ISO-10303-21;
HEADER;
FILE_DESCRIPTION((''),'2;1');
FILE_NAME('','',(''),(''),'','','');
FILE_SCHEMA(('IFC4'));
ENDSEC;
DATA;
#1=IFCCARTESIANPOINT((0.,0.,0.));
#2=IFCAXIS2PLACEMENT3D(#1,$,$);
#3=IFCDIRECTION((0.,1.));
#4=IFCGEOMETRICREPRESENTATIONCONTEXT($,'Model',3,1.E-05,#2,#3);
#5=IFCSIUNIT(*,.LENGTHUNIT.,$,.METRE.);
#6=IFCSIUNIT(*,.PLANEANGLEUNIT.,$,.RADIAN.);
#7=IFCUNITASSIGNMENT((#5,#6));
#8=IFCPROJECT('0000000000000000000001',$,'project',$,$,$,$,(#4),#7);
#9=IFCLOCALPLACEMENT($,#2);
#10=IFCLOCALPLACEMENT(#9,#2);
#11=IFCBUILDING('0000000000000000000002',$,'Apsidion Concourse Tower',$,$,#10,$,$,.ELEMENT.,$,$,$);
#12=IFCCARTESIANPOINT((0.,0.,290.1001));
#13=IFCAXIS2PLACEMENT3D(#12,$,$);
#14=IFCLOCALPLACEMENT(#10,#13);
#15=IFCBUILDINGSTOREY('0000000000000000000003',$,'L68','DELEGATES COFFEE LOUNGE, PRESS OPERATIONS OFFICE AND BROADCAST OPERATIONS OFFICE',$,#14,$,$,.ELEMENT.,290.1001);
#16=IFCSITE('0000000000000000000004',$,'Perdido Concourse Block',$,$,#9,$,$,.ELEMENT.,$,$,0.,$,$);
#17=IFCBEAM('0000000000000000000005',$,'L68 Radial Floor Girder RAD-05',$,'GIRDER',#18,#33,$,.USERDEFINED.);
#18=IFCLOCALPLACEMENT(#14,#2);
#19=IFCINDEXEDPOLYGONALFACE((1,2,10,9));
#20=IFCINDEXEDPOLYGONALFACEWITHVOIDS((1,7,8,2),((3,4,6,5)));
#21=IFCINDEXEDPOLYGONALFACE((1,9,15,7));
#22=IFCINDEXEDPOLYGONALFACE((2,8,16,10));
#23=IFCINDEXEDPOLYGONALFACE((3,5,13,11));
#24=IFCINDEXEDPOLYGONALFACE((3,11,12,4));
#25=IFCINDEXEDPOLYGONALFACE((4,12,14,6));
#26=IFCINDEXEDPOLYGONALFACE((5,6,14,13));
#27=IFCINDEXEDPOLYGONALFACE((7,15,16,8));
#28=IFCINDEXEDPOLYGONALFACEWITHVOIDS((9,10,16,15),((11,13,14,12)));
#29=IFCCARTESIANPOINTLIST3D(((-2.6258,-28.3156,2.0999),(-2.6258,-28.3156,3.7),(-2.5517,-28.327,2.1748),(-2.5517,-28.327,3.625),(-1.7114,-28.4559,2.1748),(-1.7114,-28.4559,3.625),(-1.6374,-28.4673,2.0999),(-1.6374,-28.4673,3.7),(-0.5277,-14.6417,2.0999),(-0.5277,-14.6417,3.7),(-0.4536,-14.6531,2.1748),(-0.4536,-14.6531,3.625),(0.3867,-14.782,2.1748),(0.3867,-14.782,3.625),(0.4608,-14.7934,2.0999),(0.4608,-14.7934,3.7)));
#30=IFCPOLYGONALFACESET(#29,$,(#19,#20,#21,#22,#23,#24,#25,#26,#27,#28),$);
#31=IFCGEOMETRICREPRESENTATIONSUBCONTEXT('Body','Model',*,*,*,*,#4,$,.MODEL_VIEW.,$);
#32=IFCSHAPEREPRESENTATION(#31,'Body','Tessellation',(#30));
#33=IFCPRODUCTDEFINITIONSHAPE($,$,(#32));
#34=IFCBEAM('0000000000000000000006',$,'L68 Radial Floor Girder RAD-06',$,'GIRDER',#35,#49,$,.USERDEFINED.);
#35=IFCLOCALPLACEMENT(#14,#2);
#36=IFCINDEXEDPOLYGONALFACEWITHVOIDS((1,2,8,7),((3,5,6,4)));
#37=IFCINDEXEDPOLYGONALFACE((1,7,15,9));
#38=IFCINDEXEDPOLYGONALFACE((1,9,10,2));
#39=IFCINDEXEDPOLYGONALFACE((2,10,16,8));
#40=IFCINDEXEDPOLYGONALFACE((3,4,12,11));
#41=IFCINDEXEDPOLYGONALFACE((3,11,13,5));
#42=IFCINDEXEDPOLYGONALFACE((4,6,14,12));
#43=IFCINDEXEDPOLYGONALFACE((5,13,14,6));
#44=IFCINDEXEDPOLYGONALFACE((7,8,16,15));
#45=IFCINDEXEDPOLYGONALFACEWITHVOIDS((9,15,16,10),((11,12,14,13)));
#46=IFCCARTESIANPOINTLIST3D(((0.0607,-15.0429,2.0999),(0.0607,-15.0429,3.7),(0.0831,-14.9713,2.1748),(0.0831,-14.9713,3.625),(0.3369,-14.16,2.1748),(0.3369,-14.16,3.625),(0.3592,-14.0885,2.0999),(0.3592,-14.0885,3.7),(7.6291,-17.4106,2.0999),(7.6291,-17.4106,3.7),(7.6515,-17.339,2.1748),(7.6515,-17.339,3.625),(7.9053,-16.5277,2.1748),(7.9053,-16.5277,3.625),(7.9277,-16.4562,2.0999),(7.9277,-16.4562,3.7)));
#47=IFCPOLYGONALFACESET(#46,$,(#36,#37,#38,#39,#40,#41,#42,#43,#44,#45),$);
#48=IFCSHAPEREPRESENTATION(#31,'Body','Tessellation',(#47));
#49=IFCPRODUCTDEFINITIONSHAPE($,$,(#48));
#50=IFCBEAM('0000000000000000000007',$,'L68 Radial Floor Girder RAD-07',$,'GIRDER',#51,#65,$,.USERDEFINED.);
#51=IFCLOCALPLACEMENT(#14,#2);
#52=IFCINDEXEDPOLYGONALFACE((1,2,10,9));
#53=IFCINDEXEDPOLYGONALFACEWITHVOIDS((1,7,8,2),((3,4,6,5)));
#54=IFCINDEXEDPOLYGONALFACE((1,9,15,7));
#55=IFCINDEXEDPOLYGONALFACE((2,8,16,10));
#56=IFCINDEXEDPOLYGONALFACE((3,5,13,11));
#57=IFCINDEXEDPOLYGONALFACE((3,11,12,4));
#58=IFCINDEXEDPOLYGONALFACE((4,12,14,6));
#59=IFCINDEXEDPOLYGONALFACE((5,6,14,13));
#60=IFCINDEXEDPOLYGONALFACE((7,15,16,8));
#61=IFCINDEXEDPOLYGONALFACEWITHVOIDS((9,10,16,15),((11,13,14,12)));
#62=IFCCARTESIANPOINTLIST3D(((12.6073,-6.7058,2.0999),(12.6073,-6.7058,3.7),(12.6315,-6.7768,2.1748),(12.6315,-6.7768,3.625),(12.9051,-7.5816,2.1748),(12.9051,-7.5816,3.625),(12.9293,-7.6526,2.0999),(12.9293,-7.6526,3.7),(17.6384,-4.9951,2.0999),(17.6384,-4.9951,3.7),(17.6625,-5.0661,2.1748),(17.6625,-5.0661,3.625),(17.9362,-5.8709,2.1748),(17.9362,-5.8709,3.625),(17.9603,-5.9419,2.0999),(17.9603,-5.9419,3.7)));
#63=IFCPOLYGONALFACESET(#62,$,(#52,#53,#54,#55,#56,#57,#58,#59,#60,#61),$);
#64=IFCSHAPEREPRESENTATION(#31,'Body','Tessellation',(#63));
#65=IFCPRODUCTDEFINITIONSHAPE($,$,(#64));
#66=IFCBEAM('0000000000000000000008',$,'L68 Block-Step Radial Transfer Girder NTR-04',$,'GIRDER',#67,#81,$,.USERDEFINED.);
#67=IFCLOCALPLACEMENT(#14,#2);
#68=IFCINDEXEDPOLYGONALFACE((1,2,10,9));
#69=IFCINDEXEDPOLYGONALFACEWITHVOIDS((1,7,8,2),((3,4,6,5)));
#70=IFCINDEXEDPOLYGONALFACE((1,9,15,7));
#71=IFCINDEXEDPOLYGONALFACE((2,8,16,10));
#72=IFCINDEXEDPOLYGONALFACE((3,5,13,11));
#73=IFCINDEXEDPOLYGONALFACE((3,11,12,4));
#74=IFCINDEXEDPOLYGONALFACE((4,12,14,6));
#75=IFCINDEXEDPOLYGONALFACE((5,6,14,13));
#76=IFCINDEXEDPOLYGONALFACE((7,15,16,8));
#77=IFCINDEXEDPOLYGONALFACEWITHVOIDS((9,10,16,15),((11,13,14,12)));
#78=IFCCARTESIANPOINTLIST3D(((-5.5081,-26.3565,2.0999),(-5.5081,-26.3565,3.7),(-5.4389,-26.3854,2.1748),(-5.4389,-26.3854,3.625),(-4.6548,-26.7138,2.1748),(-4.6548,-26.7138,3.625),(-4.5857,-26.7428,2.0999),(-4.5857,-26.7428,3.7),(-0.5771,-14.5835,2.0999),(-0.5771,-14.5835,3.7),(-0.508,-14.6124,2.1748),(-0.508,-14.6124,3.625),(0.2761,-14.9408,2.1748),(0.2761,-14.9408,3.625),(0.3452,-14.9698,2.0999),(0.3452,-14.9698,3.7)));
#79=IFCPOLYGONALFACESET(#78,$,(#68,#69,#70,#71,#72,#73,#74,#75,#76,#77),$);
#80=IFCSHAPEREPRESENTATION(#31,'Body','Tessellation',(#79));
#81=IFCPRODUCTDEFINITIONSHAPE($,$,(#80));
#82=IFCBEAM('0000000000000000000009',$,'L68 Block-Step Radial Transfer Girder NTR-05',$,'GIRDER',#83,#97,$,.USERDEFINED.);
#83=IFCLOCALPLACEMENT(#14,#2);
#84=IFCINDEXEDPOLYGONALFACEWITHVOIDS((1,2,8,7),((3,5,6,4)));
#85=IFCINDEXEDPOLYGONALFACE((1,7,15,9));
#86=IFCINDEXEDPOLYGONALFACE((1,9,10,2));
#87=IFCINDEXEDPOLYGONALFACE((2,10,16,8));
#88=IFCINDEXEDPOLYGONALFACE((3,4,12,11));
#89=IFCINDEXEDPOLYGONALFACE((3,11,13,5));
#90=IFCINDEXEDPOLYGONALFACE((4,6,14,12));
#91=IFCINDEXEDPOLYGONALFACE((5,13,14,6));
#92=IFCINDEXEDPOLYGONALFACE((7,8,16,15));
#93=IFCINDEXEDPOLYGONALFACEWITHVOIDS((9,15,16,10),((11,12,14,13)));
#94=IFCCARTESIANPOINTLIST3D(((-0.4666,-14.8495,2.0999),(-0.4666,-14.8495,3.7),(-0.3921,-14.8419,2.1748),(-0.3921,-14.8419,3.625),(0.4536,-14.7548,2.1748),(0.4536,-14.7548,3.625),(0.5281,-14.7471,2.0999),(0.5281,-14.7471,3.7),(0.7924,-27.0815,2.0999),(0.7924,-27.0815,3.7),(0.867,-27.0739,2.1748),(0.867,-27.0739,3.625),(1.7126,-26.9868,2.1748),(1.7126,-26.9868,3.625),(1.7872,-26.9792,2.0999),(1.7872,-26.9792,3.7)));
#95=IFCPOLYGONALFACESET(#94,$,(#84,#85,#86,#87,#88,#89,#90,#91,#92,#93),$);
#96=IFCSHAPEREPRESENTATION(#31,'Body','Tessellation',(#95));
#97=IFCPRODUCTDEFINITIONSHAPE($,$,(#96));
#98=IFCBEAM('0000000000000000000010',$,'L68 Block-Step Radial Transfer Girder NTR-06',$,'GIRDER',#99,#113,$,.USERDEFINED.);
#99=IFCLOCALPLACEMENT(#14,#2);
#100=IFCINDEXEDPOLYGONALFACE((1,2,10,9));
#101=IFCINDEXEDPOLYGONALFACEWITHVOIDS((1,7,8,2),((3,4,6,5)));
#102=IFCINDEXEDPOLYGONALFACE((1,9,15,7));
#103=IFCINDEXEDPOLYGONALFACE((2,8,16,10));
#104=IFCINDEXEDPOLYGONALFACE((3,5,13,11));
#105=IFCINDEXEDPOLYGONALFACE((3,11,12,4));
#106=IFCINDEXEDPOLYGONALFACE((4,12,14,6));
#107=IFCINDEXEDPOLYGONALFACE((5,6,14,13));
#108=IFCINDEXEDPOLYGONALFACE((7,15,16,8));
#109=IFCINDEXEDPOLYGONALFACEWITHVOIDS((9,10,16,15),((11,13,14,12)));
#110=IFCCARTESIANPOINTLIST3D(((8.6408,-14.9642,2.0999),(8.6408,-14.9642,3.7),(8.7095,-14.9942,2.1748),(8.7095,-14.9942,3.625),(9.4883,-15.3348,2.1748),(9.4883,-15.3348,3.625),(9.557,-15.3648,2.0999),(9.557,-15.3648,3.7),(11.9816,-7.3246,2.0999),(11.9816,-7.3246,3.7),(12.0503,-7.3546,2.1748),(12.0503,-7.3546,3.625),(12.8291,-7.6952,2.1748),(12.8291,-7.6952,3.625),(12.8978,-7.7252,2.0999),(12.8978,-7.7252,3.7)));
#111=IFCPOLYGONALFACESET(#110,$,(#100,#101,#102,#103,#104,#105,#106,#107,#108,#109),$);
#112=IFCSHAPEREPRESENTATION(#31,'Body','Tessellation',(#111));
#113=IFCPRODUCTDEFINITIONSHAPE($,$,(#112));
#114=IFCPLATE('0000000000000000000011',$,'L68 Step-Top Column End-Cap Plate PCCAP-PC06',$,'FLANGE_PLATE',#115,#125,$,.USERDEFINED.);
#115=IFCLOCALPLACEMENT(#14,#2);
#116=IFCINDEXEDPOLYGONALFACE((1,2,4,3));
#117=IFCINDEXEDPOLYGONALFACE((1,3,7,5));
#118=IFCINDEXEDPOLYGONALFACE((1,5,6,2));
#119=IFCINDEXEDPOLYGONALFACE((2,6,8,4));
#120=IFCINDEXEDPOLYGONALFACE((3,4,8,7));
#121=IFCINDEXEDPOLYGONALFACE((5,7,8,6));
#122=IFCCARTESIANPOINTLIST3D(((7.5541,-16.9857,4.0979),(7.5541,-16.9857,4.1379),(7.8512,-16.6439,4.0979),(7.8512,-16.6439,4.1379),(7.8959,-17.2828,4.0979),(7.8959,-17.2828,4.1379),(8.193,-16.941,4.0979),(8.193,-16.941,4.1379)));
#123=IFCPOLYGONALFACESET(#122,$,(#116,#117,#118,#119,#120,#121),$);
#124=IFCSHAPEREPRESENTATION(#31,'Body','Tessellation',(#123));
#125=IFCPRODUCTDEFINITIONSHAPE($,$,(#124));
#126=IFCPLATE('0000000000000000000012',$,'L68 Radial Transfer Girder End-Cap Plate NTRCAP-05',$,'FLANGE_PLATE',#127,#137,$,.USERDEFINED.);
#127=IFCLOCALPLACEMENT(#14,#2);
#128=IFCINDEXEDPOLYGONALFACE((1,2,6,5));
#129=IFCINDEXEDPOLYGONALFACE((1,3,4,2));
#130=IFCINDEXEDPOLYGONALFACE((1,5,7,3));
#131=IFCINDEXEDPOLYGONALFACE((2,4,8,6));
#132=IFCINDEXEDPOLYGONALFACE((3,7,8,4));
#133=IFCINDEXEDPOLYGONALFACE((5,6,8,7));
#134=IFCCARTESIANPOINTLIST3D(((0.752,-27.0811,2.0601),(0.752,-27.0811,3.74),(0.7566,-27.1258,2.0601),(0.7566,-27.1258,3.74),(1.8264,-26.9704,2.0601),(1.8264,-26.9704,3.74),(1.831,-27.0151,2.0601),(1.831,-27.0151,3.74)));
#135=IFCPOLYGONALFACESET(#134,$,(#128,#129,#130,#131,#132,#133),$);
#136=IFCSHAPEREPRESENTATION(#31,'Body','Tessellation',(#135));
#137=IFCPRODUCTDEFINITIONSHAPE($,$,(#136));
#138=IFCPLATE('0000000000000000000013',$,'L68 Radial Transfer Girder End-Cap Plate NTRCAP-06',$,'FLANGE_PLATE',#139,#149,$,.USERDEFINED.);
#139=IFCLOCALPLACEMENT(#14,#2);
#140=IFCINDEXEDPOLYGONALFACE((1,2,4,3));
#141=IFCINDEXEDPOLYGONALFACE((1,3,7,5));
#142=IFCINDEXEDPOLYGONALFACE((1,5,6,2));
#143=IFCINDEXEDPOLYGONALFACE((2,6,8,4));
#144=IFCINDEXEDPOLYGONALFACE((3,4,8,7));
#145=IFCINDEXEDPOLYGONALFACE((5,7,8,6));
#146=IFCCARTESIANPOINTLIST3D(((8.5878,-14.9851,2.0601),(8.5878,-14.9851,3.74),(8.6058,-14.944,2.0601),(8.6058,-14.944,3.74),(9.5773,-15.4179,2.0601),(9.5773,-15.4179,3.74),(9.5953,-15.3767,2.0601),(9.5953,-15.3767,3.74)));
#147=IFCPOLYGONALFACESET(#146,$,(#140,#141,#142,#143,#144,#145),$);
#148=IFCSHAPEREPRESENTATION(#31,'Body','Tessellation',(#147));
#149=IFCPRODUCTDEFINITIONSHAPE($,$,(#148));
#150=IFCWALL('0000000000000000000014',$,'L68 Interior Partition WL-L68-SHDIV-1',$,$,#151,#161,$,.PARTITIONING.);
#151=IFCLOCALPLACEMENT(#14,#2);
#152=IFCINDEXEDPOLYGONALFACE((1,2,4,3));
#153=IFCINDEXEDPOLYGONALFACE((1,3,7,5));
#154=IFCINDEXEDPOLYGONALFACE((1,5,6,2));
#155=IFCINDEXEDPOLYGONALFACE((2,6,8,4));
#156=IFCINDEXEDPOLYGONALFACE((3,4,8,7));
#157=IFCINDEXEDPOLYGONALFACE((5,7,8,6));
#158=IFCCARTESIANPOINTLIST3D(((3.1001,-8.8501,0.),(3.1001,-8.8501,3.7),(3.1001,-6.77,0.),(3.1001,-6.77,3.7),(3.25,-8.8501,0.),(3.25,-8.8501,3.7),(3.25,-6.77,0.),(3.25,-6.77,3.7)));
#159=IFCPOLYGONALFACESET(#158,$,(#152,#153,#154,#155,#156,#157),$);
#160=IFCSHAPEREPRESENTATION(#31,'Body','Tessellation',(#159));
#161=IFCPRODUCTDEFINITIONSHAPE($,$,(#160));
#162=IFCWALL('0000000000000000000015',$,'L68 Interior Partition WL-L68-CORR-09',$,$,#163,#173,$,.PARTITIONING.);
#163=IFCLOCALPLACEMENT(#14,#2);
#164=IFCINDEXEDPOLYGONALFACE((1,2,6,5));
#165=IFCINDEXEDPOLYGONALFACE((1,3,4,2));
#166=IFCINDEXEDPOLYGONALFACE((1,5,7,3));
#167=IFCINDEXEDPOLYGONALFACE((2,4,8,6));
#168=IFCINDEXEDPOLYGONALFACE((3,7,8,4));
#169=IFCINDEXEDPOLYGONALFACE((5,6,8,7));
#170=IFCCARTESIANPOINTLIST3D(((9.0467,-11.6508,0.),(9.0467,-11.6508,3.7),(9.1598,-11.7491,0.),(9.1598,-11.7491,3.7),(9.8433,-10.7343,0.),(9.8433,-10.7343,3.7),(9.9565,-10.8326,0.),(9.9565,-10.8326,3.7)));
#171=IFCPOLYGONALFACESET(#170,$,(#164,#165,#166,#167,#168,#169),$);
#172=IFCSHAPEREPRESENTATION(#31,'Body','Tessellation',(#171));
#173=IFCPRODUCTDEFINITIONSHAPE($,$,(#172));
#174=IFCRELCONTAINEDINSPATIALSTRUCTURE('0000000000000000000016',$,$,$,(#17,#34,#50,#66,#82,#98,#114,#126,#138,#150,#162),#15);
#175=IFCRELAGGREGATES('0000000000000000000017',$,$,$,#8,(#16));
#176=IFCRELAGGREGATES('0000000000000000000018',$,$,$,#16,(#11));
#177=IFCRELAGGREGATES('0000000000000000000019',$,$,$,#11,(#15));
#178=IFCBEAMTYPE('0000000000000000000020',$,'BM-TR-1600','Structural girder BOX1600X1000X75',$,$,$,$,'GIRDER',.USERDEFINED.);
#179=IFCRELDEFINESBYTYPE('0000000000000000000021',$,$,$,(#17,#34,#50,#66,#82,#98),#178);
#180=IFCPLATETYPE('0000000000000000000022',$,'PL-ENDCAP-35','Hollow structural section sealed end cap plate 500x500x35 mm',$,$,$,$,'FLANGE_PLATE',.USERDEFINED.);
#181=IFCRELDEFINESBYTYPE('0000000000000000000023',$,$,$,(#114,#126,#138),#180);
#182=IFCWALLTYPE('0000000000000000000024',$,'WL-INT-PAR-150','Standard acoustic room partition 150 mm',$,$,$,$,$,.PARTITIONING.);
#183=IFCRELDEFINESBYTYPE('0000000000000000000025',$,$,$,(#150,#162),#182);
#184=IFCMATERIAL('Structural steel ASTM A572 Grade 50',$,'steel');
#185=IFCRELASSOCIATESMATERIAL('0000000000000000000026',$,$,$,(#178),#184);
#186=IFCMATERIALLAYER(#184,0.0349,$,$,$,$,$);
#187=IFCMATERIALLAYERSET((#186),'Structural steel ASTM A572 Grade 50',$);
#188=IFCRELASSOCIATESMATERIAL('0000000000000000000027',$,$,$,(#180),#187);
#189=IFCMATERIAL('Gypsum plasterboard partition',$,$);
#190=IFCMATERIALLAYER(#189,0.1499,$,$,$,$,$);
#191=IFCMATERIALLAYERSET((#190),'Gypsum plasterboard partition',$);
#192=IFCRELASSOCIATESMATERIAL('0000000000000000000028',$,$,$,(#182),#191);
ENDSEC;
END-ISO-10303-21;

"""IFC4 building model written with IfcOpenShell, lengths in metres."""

from ifc_helpers import new_model, si_unit, direction, frame, frame_2d, origin, origin_2d, place, context, subcontext, project, spatial, rectangle, hollow_rectangle, extrude, material, layer, layer_set, material_profile, profile_set, type_object, element, save


model = new_model("IFC4")

# Units and contexts
model_context = context("Model", 3, precision=1e-05, world=origin(), true_north=direction((0.0, 1.0)))
body_context = subcontext(model_context, "Body", "Model", "MODEL_VIEW")
ifc_project = project(units=[si_unit("LENGTHUNIT", "METRE"), si_unit("PLANEANGLEUNIT", "RADIAN")], contexts=[model_context])

# Site, building, storey
site_placement = place(None, origin())
site = spatial("IfcSite", under=ifc_project, at=site_placement, Name="Perdido Concourse Block", CompositionType="ELEMENT", RefElevation=0.0)
building_placement = place(site_placement, origin())
building = spatial("IfcBuilding", under=site, at=building_placement, Name="Apsidion Concourse Tower", CompositionType="ELEMENT")
storey_placement = place(building_placement, frame((0.0, 0.0, 290.1001)))
storey = spatial("IfcBuildingStorey", under=building, at=storey_placement, Name="L68", Description="DELEGATES COFFEE LOUNGE, PRESS OPERATIONS OFFICE AND BROADCAST OPERATIONS OFFICE", CompositionType="ELEMENT", Elevation=290.1001)

# Beams
ifc_material_1 = material(Name="Structural steel ASTM A572 Grade 50", Category="steel")
ifc_material_profile_1 = material_profile(ifc_material_1, hollow_rectangle(XDim=1.0, YDim=1.6001, WallThickness=0.075, at=origin_2d()), Name="BOX1600X1000X75")
ifc_profile_set_1 = profile_set([ifc_material_profile_1], Name="Structural steel ASTM A572 Grade 50")
beam_type_1 = type_object("IfcBeamType", Name="BM-TR-1600", Description="Structural girder BOX1600X1000X75", ElementType="GIRDER", PredefinedType="USERDEFINED", material=ifc_profile_set_1)
beam_1_placement = place(storey_placement, frame((-0.0334, -14.7175, 2.8999), z_axis=(-0.151665, -0.988432, 0.0), x_axis=(0.988432, -0.151665, 0.0)))
element("IfcBeam", 1, at=beam_1_placement, inside=storey, type_object=beam_type_1, Name="L68 Radial Floor Girder RAD-05", ObjectType="GIRDER", PredefinedType="USERDEFINED", context=body_context, shape_type="SweptSolid", body=[
    extrude(hollow_rectangle(XDim=1.0, YDim=1.6001, WallThickness=0.075, at=origin_2d()), origin(), (0.0, 0.0, 1.0), 13.834),
])
beam_2_placement = place(storey_placement, frame((0.21, -14.5657, 2.8999), z_axis=(0.954388, -0.298569, 0.0), x_axis=(0.298569, 0.954388, 0.0)))
element("IfcBeam", 2, at=beam_2_placement, inside=storey, type_object=beam_type_1, Name="L68 Radial Floor Girder RAD-06", ObjectType="GIRDER", PredefinedType="USERDEFINED", context=body_context, shape_type="SweptSolid", body=[
    extrude(hollow_rectangle(XDim=1.0, YDim=1.6001, WallThickness=0.075, at=origin_2d()), origin(), (0.0, 0.0, 1.0), 7.9302),
])
beam_3_placement = place(storey_placement, frame((12.7683, -7.1792, 2.8999), z_axis=(0.946764, 0.321928, 0.0), x_axis=(-0.321928, 0.946764, 0.0)))
element("IfcBeam", 3, at=beam_3_placement, inside=storey, type_object=beam_type_1, Name="L68 Radial Floor Girder RAD-07", ObjectType="GIRDER", PredefinedType="USERDEFINED", context=body_context, shape_type="SweptSolid", body=[
    extrude(hollow_rectangle(XDim=1.0, YDim=1.6001, WallThickness=0.075, at=origin_2d()), origin(), (0.0, 0.0, 1.0), 5.314),
])
beam_4_placement = place(storey_placement, frame((-0.116, -14.7766, 2.8999), z_axis=(-0.386318, -0.922366, 0.0), x_axis=(0.922366, -0.386318, 0.0)))
element("IfcBeam", 4, at=beam_4_placement, inside=storey, type_object=beam_type_1, Name="L68 Block-Step Radial Transfer Girder NTR-04", ObjectType="GIRDER", PredefinedType="USERDEFINED", context=body_context, shape_type="SweptSolid", body=[
    extrude(hollow_rectangle(XDim=1.0, YDim=1.6001, WallThickness=0.075, at=origin_2d()), origin(), (0.0, 0.0, 1.0), 12.7639),
])
beam_5_placement = place(storey_placement, frame((0.0308, -14.7983, 2.8999), z_axis=(0.102389, -0.994744, 0.0), x_axis=(0.994744, 0.102389, 0.0)))
element("IfcBeam", 5, at=beam_5_placement, inside=storey, type_object=beam_type_1, Name="L68 Block-Step Radial Transfer Girder NTR-05", ObjectType="GIRDER", PredefinedType="USERDEFINED", context=body_context, shape_type="SweptSolid", body=[
    extrude(hollow_rectangle(XDim=1.0, YDim=1.6001, WallThickness=0.075, at=origin_2d()), origin(), (0.0, 0.0, 1.0), 12.2966),
])
beam_6_placement = place(storey_placement, frame((12.4397, -7.5249, 2.8999), z_axis=(-0.400665, -0.916225, 0.0), x_axis=(0.916225, -0.400665, 0.0)))
element("IfcBeam", 6, at=beam_6_placement, inside=storey, type_object=beam_type_1, Name="L68 Block-Step Radial Transfer Girder NTR-06", ObjectType="GIRDER", PredefinedType="USERDEFINED", context=body_context, shape_type="SweptSolid", body=[
    extrude(hollow_rectangle(XDim=1.0, YDim=1.6001, WallThickness=0.075, at=origin_2d()), origin(), (0.0, 0.0, 1.0), 8.3381),
])

# Plates
ifc_layer_1 = layer(ifc_material_1, 0.0349)
ifc_layer_set_1 = layer_set([ifc_layer_1], Name="Structural steel ASTM A572 Grade 50")
plate_type = type_object("IfcPlateType", Name="PL-ENDCAP-35", Description="Hollow structural section sealed end cap plate 500x500x35 mm", ElementType="FLANGE_PLATE", PredefinedType="USERDEFINED", material=ifc_layer_set_1)
plate_placement = place(storey_placement, frame((7.8735, -16.9634, 4.0979), z_axis=(0.0, 0.0, 1.0), x_axis=(0.656059, 0.75471, 0.0)))
element("IfcPlate", 7, at=plate_placement, inside=storey, type_object=plate_type, Name="L68 Step-Top Column End-Cap Plate PCCAP-PC06", ObjectType="FLANGE_PLATE", PredefinedType="USERDEFINED", context=body_context, shape_type="SweptSolid", body=[
    extrude(rectangle(XDim=0.4529, YDim=0.4529, at=origin_2d()), origin(), (0.0, 0.0, 1.0), 0.04),
])
for number, where, z_axis, x_axis, name in (
    (8, (1.2915, -27.0481, 2.0601), (0.0, 0.0, 1.0), (0.102445, -0.994739, 0.0), "L68 Radial Transfer Girder End-Cap Plate NTRCAP-05"),
    (9, (9.0916, -15.1809, 2.0601), (0.0, 0.0, 1.0), (-0.400669, -0.916223, 0.0), "L68 Radial Transfer Girder End-Cap Plate NTRCAP-06"),
):
    element("IfcPlate", number, at=place(storey_placement, frame(where, z_axis=z_axis, x_axis=x_axis)), inside=storey, type_object=plate_type, Name=name, ObjectType="FLANGE_PLATE", PredefinedType="USERDEFINED", context=body_context, shape_type="SweptSolid", body=[
        extrude(rectangle(XDim=0.0449, YDim=1.0801, at=origin_2d()), origin(), (0.0, 0.0, 1.0), 1.6799),
    ])

# Walls
ifc_material_2 = material(Name="Gypsum plasterboard partition")
ifc_layer_2 = layer(ifc_material_2, 0.1499)
ifc_layer_set_2 = layer_set([ifc_layer_2], Name="Gypsum plasterboard partition")
wall_type_1 = type_object("IfcWallType", Name="WL-INT-PAR-150", Description="Standard acoustic room partition 150 mm", PredefinedType="PARTITIONING", material=ifc_layer_set_2)
wall_1_placement = place(storey_placement, frame((3.175, -8.8501, 0.0), z_axis=(0.0, 0.0, 1.0), x_axis=(0.0, 1.0, 0.0)))
element("IfcWall", 10, at=wall_1_placement, inside=storey, type_object=wall_type_1, Name="L68 Interior Partition WL-L68-SHDIV-1", PredefinedType="PARTITIONING", context=body_context, shape_type="SweptSolid", body=[
    extrude(rectangle(XDim=2.0801, YDim=0.1499, at=frame_2d((1.04, 0.0))), origin(), (0.0, 0.0, 1.0), 3.7),
])
wall_2_placement = place(storey_placement, frame((9.8999, -10.7834, 0.0), z_axis=(0.0, 0.0, 1.0), x_axis=(-0.656024, -0.75474, 0.0)))
element("IfcWall", 11, at=wall_2_placement, inside=storey, type_object=wall_type_1, Name="L68 Interior Partition WL-L68-CORR-09", PredefinedType="PARTITIONING", context=body_context, shape_type="SweptSolid", body=[
    extrude(rectangle(XDim=1.2144, YDim=0.1499, at=frame_2d((0.6072, 0.0))), origin(), (0.0, 0.0, 1.0), 3.7),
])

save(model, "model.ifc")
